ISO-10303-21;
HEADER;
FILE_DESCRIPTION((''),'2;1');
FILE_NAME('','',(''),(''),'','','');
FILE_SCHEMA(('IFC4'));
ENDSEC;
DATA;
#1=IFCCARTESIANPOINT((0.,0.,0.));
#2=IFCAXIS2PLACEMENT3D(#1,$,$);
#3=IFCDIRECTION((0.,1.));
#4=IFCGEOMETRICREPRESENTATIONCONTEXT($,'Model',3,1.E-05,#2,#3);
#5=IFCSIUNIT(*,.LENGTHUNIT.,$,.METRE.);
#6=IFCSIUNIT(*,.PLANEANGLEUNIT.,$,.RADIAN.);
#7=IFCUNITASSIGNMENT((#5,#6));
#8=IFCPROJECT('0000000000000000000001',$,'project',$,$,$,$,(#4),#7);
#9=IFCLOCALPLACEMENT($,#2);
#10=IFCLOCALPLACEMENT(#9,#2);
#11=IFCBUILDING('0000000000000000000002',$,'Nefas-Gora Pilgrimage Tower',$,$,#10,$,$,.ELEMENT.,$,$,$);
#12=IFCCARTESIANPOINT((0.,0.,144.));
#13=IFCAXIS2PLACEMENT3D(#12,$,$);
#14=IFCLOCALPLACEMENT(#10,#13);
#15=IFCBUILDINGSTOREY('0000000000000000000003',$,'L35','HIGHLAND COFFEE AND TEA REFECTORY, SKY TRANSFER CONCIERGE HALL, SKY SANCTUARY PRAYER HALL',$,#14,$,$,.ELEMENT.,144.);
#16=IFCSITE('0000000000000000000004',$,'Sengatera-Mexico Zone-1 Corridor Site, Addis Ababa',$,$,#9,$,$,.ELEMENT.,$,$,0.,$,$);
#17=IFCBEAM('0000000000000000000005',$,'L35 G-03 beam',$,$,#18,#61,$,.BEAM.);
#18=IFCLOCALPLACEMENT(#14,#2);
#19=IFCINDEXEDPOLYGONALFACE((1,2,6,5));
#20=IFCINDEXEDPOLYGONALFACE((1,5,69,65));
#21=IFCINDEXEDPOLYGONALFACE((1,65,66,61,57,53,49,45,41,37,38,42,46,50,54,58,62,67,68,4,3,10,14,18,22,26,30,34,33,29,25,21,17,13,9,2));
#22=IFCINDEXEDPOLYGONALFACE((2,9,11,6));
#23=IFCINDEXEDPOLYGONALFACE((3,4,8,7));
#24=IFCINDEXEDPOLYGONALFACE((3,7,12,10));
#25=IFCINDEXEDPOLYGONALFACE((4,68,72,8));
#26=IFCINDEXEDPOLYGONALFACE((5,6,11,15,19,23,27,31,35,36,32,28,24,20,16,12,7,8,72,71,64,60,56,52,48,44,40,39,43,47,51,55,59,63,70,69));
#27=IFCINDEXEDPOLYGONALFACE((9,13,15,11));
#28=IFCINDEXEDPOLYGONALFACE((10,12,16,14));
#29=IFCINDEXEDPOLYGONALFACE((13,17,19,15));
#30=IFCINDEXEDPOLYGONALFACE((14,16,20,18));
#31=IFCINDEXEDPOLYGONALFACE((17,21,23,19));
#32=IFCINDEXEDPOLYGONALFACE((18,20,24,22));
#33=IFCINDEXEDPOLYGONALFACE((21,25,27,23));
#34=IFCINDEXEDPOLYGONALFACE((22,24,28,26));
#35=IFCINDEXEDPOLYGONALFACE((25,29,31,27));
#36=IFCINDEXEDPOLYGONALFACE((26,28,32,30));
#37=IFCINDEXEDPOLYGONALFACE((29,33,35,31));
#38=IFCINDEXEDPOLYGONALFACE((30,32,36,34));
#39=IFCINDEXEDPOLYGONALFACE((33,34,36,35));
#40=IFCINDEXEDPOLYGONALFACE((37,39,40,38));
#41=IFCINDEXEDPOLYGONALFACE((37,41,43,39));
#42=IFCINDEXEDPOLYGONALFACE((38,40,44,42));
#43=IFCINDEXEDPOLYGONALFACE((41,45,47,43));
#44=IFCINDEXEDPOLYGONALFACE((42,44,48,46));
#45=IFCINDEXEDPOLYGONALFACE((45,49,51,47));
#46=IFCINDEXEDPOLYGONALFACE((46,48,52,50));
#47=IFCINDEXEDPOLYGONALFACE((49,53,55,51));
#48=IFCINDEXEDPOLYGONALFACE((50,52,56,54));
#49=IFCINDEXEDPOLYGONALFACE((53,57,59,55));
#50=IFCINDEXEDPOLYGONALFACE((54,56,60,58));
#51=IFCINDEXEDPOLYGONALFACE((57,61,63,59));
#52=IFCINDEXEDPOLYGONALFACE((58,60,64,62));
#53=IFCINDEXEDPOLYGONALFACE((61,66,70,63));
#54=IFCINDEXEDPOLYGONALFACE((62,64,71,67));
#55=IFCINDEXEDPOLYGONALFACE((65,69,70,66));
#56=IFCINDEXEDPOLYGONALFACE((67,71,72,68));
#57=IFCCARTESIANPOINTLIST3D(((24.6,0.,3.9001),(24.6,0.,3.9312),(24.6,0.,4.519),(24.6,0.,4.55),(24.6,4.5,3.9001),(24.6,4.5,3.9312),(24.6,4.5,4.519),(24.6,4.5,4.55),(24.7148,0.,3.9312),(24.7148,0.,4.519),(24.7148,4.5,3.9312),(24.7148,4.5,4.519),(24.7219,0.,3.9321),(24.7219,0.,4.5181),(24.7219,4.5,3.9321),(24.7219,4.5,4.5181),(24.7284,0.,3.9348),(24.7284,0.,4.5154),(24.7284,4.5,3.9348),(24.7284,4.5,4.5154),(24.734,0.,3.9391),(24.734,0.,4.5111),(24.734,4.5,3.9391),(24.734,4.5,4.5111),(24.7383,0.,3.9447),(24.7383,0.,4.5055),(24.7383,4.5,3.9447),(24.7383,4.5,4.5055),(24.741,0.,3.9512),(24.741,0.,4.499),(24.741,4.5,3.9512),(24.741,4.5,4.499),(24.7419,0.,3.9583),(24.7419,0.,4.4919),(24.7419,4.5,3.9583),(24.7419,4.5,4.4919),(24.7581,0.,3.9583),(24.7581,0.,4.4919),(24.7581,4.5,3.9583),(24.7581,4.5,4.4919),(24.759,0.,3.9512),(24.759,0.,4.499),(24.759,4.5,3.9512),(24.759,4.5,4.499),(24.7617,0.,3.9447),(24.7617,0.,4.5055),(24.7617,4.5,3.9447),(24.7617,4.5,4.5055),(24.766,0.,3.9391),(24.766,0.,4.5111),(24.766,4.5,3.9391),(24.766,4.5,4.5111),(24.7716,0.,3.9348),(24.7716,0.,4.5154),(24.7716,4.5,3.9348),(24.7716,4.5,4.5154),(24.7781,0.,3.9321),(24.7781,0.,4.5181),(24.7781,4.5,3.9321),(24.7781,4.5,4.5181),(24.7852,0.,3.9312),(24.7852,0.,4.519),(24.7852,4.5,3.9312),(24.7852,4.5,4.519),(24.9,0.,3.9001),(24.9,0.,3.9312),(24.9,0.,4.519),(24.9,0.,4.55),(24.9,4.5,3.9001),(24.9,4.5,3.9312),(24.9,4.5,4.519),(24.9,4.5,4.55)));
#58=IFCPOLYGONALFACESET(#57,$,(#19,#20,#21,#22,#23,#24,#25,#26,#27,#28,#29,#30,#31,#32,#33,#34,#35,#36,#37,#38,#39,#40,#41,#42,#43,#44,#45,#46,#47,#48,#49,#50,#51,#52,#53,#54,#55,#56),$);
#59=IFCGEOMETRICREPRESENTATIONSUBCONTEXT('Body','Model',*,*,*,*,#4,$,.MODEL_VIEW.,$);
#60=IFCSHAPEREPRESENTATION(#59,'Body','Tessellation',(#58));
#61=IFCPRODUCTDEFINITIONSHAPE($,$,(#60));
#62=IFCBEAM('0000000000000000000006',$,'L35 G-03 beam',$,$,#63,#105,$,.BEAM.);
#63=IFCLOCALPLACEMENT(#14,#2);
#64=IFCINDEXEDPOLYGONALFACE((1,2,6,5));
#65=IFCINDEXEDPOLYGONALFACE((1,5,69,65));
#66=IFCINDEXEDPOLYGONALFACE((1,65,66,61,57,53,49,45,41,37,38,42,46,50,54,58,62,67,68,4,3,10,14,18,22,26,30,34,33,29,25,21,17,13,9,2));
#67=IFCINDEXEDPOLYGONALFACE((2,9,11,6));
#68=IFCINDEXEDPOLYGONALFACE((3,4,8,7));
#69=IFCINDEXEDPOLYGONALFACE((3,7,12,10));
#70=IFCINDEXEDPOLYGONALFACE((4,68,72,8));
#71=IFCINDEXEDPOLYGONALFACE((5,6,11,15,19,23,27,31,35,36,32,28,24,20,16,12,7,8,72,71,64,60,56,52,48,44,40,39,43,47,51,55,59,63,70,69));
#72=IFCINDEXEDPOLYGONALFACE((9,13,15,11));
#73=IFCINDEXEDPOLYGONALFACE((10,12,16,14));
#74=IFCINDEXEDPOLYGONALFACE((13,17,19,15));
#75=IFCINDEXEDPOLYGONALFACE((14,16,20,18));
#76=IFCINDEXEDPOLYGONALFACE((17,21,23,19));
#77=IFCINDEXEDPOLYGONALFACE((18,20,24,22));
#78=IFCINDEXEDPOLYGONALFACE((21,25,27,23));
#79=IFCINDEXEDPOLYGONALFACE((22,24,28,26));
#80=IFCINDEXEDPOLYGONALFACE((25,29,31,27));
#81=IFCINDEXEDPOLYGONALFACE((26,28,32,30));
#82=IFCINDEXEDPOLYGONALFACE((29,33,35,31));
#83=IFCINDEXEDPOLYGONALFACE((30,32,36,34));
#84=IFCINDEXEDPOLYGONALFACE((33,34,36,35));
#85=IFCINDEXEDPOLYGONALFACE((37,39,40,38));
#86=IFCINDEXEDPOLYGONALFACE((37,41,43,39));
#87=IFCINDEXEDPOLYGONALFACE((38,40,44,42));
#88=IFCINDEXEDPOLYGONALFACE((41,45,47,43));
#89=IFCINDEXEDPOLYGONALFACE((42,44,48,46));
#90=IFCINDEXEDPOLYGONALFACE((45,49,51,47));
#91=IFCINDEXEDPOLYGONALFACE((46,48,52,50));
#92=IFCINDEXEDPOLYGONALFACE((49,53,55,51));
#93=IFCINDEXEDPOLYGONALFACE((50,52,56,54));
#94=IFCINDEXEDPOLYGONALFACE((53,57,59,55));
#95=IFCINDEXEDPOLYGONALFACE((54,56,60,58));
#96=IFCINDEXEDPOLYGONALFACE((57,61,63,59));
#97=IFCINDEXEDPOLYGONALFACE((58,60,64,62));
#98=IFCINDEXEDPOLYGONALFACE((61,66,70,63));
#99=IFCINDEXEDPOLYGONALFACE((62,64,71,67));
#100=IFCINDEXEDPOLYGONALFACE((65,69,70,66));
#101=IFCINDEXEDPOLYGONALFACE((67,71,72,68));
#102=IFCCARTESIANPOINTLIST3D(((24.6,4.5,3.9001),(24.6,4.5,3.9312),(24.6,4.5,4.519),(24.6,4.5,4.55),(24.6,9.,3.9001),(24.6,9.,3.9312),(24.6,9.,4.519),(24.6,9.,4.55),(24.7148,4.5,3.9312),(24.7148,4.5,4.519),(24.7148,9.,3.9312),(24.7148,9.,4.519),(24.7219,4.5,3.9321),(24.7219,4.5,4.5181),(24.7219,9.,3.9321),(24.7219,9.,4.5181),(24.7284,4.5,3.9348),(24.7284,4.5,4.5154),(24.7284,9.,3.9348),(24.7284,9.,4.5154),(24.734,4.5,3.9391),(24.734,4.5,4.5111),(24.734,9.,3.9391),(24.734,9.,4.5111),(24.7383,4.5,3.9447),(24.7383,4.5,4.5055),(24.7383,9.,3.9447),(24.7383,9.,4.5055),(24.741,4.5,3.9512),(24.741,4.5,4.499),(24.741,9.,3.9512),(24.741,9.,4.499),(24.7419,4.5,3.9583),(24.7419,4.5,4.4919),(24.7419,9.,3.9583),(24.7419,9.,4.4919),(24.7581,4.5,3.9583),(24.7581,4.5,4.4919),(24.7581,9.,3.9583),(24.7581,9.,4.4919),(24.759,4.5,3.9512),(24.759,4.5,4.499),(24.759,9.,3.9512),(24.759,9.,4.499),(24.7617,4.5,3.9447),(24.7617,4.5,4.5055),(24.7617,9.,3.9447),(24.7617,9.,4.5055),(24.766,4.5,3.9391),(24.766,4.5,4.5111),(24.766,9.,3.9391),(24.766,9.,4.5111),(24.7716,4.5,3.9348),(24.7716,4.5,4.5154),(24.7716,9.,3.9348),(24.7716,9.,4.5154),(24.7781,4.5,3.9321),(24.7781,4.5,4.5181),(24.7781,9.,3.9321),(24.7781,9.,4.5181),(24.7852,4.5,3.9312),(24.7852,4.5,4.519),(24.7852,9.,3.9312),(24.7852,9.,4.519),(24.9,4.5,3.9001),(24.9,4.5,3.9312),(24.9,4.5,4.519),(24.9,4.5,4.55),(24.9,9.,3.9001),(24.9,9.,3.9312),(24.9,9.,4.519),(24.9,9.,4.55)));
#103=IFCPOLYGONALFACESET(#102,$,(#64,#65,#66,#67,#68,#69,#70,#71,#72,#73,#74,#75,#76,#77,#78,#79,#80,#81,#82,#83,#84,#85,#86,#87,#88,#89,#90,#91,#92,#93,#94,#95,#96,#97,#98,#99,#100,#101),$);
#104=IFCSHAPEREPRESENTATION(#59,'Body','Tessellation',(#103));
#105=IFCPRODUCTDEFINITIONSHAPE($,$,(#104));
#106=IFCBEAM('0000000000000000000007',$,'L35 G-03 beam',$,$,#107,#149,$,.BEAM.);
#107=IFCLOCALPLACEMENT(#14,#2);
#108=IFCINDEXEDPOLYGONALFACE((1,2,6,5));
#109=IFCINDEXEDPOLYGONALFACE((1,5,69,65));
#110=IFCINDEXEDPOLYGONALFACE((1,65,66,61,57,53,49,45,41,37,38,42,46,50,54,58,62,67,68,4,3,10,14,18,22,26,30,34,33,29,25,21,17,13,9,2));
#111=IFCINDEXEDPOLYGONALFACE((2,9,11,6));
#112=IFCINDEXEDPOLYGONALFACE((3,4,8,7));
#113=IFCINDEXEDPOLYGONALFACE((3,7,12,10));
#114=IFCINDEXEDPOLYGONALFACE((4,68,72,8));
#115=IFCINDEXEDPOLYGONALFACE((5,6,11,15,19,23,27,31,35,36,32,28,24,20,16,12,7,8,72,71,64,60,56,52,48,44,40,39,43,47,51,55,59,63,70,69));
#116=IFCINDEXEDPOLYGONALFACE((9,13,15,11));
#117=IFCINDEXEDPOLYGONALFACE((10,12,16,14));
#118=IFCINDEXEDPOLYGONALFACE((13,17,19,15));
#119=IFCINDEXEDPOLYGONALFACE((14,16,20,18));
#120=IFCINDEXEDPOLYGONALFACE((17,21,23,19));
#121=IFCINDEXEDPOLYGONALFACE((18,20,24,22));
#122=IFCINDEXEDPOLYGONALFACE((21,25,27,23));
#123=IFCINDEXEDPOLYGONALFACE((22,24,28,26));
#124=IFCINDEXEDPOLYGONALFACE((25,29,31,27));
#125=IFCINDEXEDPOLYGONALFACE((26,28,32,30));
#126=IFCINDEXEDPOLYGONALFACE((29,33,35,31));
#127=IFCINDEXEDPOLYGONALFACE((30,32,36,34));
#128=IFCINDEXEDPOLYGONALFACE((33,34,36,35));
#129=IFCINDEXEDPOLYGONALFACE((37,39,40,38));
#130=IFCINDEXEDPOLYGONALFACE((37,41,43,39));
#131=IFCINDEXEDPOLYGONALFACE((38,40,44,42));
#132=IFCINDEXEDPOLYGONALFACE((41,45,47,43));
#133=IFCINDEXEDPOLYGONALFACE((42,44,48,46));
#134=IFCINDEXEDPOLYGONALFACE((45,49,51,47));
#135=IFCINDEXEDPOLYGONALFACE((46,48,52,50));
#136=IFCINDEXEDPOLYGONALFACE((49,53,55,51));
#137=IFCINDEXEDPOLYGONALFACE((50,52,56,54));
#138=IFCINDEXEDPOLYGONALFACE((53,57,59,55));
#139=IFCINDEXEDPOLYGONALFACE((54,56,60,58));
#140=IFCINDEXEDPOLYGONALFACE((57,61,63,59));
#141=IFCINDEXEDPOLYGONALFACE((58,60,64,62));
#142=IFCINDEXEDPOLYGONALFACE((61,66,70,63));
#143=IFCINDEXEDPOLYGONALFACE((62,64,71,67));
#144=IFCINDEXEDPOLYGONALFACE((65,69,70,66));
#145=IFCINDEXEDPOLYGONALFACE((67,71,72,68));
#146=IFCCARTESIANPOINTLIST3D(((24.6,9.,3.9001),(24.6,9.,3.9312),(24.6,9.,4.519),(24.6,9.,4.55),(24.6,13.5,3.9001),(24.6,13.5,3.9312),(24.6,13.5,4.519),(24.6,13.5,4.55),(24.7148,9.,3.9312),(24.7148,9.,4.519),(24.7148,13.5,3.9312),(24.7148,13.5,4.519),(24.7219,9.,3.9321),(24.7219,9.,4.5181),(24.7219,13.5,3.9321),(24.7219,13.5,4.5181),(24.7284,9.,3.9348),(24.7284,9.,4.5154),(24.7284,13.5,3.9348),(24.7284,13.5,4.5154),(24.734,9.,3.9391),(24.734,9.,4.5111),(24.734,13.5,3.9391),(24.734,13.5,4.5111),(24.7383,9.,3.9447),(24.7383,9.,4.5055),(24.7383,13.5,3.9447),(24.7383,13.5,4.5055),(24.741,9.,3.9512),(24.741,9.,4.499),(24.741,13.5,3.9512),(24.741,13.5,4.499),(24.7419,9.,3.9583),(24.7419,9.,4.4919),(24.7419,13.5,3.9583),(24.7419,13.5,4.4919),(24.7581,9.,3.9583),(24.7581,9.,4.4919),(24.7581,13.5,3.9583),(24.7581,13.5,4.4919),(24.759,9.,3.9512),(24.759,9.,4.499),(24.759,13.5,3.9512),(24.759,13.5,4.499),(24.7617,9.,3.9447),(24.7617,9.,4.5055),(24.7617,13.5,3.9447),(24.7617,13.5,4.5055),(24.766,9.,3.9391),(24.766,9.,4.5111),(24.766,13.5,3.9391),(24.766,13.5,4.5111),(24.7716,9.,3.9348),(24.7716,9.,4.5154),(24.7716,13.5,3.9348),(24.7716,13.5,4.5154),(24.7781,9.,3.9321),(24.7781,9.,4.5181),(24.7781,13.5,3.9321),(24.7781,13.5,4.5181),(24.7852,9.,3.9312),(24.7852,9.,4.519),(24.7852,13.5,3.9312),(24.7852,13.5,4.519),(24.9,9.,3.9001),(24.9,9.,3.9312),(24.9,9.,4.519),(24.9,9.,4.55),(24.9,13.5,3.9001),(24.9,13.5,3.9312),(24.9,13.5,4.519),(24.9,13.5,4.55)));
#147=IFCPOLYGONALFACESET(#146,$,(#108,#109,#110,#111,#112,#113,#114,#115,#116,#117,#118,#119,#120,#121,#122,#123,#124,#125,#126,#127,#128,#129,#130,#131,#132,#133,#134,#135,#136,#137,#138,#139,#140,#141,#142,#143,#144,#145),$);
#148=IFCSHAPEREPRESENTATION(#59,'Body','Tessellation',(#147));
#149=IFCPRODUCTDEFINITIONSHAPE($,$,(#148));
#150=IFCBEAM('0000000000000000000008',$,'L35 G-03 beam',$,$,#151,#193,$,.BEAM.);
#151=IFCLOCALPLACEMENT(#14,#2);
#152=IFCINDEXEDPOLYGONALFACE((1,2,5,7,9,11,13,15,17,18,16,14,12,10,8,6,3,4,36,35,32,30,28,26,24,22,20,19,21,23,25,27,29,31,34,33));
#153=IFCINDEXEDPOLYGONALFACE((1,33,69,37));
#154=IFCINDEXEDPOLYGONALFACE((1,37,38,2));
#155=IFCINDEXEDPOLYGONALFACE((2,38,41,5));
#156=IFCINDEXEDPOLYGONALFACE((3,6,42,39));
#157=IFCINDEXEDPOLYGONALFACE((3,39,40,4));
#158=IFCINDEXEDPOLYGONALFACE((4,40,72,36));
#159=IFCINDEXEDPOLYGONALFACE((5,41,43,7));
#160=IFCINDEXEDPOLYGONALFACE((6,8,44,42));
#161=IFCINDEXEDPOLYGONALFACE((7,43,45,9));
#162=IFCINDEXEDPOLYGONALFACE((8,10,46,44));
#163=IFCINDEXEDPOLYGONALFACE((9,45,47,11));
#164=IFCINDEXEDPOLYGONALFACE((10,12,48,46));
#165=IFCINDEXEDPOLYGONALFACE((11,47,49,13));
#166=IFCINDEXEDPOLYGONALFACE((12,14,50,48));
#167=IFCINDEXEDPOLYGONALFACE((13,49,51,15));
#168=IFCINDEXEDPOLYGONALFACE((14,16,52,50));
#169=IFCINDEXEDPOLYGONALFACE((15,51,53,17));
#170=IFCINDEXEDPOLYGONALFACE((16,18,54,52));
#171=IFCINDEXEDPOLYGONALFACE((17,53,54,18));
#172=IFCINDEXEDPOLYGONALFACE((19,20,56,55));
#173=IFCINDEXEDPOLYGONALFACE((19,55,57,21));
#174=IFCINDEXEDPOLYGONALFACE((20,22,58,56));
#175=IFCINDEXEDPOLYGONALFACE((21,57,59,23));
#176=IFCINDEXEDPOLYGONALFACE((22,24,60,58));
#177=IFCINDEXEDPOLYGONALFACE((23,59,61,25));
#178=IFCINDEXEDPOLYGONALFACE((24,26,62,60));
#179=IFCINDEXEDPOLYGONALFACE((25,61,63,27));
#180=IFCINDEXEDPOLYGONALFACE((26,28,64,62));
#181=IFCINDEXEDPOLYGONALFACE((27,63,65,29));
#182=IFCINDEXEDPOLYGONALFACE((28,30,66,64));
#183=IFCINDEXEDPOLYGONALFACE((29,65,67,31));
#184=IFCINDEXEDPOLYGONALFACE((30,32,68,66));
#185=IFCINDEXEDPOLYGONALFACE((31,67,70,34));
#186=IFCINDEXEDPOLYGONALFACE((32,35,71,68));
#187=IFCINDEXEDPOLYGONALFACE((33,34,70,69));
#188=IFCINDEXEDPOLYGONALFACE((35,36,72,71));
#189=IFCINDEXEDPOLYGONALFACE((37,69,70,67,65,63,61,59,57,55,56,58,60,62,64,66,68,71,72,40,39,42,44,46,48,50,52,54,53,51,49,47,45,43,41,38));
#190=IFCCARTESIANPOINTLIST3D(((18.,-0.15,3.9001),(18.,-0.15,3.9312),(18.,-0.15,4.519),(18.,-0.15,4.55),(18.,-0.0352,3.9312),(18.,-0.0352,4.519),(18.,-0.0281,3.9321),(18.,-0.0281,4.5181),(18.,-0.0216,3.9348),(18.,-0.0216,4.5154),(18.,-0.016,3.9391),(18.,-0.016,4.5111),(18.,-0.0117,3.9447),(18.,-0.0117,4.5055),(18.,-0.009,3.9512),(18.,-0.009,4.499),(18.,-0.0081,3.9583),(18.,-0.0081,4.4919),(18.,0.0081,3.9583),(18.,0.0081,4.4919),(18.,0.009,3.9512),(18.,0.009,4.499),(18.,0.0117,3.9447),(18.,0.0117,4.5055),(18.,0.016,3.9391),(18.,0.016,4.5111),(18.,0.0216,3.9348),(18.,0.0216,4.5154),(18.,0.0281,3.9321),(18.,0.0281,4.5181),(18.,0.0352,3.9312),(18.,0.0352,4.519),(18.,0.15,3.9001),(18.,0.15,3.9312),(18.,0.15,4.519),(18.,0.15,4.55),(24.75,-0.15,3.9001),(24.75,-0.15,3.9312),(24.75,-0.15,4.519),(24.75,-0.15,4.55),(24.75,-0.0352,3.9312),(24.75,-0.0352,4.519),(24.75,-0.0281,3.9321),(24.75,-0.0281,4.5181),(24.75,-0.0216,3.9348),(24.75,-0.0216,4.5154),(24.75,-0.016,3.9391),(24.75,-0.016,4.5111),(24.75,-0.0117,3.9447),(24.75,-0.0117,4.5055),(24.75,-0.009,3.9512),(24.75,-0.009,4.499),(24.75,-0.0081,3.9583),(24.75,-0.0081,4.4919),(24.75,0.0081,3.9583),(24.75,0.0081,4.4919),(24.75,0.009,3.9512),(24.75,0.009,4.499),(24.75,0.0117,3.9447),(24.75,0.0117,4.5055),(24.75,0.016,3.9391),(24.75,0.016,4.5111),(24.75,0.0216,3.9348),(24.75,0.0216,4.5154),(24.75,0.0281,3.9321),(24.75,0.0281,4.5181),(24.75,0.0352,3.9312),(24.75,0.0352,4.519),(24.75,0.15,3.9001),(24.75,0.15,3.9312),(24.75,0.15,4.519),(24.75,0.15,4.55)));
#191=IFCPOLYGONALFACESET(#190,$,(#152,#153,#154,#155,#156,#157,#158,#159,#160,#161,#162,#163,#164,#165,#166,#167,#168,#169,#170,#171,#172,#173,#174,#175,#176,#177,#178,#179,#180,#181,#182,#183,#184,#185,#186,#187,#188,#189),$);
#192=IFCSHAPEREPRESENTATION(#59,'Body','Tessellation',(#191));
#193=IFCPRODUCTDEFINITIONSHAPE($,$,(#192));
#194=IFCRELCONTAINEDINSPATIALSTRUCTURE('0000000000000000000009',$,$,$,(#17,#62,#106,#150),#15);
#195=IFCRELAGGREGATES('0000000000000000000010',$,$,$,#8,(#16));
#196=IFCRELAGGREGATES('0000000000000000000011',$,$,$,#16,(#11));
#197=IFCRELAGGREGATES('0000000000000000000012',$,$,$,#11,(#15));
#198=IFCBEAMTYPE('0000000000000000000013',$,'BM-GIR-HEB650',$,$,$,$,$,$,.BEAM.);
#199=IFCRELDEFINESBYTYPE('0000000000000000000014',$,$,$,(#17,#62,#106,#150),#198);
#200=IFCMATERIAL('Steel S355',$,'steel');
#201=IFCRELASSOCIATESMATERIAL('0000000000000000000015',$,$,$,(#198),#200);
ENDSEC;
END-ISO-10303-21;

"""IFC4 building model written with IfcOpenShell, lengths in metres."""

from ifc_helpers import new_model, si_unit, direction, frame, origin, origin_2d, place, context, subcontext, project, spatial, i_section, extrude, source, transform, mapped, material, material_profile, profile_set, type_object, element, save


model = new_model("IFC4")

# Units and contexts
model_context = context("Model", 3, precision=1e-05, world=origin(), true_north=direction((0.0, 1.0)))
body_context = subcontext(model_context, "Body", "Model", "MODEL_VIEW")
ifc_project = project(units=[si_unit("LENGTHUNIT", "METRE"), si_unit("PLANEANGLEUNIT", "RADIAN")], contexts=[model_context])

# Site, building, storey
site_placement = place(None, origin())
site = spatial("IfcSite", under=ifc_project, at=site_placement, Name="Sengatera-Mexico Zone-1 Corridor Site, Addis Ababa", CompositionType="ELEMENT", RefElevation=0.0)
building_placement = place(site_placement, origin())
building = spatial("IfcBuilding", under=site, at=building_placement, Name="Nefas-Gora Pilgrimage Tower", CompositionType="ELEMENT")
storey_placement = place(building_placement, frame((0.0, 0.0, 144.0)))
storey = spatial("IfcBuildingStorey", under=building, at=storey_placement, Name="L35", Description="HIGHLAND COFFEE AND TEA REFECTORY, SKY TRANSFER CONCIERGE HALL, SKY SANCTUARY PRAYER HALL", CompositionType="ELEMENT", Elevation=144.0)

# Beams
ifc_material_1 = material(Name="Steel S355", Category="steel")
ifc_material_profile_1 = material_profile(ifc_material_1, i_section(OverallWidth=0.3, OverallDepth=0.6499, WebThickness=0.0161, FlangeThickness=0.031, FilletRadius=0.0271, at=origin_2d()), Name="HEB 650")
ifc_profile_set_1 = profile_set([ifc_material_profile_1], Name="Steel S355")
beam_type_1 = type_object("IfcBeamType", Name="BM-GIR-HEB650", PredefinedType="BEAM", material=ifc_profile_set_1)
shared_shape_1 = source(origin(), body_context, "Body", "SweptSolid", [
    extrude(i_section(OverallWidth=0.3, OverallDepth=0.6499, WebThickness=0.0161, FlangeThickness=0.031, FilletRadius=0.0271, at=origin_2d()), origin(), (0.0, 0.0, 1.0), 4.5),
])
for number, where, z_axis, x_axis, name in (
    (1, (24.75, 0.0, 4.2251), (0.0, 1.0, 0.0), (-1.0, 0.0, 0.0), "L35 G-03 beam"),
    (2, (24.75, 4.5, 4.2251), (0.0, 1.0, 0.0), (-1.0, 0.0, 0.0), "L35 G-03 beam"),
    (3, (24.75, 9.0, 4.2251), (0.0, 1.0, 0.0), (-1.0, 0.0, 0.0), "L35 G-03 beam"),
):
    element("IfcBeam", number, at=place(storey_placement, frame(where, z_axis=z_axis, x_axis=x_axis)), inside=storey, type_object=beam_type_1, Name=name, PredefinedType="BEAM", context=body_context, shape_type="MappedRepresentation", body=[
        mapped(shared_shape_1, transform((0.0, 0.0, 0.0), x_axis=(1.0, 0.0, 0.0), y_axis=(0.0, 1.0, 0.0), z_axis=(0.0, 0.0, 1.0), scale=1.0)),
    ])
shared_shape_2 = source(origin(), body_context, "Body", "SweptSolid", [
    extrude(i_section(OverallWidth=0.3, OverallDepth=0.6499, WebThickness=0.0161, FlangeThickness=0.031, FilletRadius=0.0271, at=origin_2d()), origin(), (0.0, 0.0, 1.0), 6.75),
])
for number, where, z_axis, x_axis, name in (
    (4, (18.0, 0.0, 4.2251), (1.0, 0.0, 0.0), (0.0, 1.0, 0.0), "L35 G-03 beam"),
):
    element("IfcBeam", number, at=place(storey_placement, frame(where, z_axis=z_axis, x_axis=x_axis)), inside=storey, type_object=beam_type_1, Name=name, PredefinedType="BEAM", context=body_context, shape_type="MappedRepresentation", body=[
        mapped(shared_shape_2, transform((0.0, 0.0, 0.0), x_axis=(1.0, 0.0, 0.0), y_axis=(0.0, 1.0, 0.0), z_axis=(0.0, 0.0, 1.0), scale=1.0)),
    ])

save(model, "model.ifc")
